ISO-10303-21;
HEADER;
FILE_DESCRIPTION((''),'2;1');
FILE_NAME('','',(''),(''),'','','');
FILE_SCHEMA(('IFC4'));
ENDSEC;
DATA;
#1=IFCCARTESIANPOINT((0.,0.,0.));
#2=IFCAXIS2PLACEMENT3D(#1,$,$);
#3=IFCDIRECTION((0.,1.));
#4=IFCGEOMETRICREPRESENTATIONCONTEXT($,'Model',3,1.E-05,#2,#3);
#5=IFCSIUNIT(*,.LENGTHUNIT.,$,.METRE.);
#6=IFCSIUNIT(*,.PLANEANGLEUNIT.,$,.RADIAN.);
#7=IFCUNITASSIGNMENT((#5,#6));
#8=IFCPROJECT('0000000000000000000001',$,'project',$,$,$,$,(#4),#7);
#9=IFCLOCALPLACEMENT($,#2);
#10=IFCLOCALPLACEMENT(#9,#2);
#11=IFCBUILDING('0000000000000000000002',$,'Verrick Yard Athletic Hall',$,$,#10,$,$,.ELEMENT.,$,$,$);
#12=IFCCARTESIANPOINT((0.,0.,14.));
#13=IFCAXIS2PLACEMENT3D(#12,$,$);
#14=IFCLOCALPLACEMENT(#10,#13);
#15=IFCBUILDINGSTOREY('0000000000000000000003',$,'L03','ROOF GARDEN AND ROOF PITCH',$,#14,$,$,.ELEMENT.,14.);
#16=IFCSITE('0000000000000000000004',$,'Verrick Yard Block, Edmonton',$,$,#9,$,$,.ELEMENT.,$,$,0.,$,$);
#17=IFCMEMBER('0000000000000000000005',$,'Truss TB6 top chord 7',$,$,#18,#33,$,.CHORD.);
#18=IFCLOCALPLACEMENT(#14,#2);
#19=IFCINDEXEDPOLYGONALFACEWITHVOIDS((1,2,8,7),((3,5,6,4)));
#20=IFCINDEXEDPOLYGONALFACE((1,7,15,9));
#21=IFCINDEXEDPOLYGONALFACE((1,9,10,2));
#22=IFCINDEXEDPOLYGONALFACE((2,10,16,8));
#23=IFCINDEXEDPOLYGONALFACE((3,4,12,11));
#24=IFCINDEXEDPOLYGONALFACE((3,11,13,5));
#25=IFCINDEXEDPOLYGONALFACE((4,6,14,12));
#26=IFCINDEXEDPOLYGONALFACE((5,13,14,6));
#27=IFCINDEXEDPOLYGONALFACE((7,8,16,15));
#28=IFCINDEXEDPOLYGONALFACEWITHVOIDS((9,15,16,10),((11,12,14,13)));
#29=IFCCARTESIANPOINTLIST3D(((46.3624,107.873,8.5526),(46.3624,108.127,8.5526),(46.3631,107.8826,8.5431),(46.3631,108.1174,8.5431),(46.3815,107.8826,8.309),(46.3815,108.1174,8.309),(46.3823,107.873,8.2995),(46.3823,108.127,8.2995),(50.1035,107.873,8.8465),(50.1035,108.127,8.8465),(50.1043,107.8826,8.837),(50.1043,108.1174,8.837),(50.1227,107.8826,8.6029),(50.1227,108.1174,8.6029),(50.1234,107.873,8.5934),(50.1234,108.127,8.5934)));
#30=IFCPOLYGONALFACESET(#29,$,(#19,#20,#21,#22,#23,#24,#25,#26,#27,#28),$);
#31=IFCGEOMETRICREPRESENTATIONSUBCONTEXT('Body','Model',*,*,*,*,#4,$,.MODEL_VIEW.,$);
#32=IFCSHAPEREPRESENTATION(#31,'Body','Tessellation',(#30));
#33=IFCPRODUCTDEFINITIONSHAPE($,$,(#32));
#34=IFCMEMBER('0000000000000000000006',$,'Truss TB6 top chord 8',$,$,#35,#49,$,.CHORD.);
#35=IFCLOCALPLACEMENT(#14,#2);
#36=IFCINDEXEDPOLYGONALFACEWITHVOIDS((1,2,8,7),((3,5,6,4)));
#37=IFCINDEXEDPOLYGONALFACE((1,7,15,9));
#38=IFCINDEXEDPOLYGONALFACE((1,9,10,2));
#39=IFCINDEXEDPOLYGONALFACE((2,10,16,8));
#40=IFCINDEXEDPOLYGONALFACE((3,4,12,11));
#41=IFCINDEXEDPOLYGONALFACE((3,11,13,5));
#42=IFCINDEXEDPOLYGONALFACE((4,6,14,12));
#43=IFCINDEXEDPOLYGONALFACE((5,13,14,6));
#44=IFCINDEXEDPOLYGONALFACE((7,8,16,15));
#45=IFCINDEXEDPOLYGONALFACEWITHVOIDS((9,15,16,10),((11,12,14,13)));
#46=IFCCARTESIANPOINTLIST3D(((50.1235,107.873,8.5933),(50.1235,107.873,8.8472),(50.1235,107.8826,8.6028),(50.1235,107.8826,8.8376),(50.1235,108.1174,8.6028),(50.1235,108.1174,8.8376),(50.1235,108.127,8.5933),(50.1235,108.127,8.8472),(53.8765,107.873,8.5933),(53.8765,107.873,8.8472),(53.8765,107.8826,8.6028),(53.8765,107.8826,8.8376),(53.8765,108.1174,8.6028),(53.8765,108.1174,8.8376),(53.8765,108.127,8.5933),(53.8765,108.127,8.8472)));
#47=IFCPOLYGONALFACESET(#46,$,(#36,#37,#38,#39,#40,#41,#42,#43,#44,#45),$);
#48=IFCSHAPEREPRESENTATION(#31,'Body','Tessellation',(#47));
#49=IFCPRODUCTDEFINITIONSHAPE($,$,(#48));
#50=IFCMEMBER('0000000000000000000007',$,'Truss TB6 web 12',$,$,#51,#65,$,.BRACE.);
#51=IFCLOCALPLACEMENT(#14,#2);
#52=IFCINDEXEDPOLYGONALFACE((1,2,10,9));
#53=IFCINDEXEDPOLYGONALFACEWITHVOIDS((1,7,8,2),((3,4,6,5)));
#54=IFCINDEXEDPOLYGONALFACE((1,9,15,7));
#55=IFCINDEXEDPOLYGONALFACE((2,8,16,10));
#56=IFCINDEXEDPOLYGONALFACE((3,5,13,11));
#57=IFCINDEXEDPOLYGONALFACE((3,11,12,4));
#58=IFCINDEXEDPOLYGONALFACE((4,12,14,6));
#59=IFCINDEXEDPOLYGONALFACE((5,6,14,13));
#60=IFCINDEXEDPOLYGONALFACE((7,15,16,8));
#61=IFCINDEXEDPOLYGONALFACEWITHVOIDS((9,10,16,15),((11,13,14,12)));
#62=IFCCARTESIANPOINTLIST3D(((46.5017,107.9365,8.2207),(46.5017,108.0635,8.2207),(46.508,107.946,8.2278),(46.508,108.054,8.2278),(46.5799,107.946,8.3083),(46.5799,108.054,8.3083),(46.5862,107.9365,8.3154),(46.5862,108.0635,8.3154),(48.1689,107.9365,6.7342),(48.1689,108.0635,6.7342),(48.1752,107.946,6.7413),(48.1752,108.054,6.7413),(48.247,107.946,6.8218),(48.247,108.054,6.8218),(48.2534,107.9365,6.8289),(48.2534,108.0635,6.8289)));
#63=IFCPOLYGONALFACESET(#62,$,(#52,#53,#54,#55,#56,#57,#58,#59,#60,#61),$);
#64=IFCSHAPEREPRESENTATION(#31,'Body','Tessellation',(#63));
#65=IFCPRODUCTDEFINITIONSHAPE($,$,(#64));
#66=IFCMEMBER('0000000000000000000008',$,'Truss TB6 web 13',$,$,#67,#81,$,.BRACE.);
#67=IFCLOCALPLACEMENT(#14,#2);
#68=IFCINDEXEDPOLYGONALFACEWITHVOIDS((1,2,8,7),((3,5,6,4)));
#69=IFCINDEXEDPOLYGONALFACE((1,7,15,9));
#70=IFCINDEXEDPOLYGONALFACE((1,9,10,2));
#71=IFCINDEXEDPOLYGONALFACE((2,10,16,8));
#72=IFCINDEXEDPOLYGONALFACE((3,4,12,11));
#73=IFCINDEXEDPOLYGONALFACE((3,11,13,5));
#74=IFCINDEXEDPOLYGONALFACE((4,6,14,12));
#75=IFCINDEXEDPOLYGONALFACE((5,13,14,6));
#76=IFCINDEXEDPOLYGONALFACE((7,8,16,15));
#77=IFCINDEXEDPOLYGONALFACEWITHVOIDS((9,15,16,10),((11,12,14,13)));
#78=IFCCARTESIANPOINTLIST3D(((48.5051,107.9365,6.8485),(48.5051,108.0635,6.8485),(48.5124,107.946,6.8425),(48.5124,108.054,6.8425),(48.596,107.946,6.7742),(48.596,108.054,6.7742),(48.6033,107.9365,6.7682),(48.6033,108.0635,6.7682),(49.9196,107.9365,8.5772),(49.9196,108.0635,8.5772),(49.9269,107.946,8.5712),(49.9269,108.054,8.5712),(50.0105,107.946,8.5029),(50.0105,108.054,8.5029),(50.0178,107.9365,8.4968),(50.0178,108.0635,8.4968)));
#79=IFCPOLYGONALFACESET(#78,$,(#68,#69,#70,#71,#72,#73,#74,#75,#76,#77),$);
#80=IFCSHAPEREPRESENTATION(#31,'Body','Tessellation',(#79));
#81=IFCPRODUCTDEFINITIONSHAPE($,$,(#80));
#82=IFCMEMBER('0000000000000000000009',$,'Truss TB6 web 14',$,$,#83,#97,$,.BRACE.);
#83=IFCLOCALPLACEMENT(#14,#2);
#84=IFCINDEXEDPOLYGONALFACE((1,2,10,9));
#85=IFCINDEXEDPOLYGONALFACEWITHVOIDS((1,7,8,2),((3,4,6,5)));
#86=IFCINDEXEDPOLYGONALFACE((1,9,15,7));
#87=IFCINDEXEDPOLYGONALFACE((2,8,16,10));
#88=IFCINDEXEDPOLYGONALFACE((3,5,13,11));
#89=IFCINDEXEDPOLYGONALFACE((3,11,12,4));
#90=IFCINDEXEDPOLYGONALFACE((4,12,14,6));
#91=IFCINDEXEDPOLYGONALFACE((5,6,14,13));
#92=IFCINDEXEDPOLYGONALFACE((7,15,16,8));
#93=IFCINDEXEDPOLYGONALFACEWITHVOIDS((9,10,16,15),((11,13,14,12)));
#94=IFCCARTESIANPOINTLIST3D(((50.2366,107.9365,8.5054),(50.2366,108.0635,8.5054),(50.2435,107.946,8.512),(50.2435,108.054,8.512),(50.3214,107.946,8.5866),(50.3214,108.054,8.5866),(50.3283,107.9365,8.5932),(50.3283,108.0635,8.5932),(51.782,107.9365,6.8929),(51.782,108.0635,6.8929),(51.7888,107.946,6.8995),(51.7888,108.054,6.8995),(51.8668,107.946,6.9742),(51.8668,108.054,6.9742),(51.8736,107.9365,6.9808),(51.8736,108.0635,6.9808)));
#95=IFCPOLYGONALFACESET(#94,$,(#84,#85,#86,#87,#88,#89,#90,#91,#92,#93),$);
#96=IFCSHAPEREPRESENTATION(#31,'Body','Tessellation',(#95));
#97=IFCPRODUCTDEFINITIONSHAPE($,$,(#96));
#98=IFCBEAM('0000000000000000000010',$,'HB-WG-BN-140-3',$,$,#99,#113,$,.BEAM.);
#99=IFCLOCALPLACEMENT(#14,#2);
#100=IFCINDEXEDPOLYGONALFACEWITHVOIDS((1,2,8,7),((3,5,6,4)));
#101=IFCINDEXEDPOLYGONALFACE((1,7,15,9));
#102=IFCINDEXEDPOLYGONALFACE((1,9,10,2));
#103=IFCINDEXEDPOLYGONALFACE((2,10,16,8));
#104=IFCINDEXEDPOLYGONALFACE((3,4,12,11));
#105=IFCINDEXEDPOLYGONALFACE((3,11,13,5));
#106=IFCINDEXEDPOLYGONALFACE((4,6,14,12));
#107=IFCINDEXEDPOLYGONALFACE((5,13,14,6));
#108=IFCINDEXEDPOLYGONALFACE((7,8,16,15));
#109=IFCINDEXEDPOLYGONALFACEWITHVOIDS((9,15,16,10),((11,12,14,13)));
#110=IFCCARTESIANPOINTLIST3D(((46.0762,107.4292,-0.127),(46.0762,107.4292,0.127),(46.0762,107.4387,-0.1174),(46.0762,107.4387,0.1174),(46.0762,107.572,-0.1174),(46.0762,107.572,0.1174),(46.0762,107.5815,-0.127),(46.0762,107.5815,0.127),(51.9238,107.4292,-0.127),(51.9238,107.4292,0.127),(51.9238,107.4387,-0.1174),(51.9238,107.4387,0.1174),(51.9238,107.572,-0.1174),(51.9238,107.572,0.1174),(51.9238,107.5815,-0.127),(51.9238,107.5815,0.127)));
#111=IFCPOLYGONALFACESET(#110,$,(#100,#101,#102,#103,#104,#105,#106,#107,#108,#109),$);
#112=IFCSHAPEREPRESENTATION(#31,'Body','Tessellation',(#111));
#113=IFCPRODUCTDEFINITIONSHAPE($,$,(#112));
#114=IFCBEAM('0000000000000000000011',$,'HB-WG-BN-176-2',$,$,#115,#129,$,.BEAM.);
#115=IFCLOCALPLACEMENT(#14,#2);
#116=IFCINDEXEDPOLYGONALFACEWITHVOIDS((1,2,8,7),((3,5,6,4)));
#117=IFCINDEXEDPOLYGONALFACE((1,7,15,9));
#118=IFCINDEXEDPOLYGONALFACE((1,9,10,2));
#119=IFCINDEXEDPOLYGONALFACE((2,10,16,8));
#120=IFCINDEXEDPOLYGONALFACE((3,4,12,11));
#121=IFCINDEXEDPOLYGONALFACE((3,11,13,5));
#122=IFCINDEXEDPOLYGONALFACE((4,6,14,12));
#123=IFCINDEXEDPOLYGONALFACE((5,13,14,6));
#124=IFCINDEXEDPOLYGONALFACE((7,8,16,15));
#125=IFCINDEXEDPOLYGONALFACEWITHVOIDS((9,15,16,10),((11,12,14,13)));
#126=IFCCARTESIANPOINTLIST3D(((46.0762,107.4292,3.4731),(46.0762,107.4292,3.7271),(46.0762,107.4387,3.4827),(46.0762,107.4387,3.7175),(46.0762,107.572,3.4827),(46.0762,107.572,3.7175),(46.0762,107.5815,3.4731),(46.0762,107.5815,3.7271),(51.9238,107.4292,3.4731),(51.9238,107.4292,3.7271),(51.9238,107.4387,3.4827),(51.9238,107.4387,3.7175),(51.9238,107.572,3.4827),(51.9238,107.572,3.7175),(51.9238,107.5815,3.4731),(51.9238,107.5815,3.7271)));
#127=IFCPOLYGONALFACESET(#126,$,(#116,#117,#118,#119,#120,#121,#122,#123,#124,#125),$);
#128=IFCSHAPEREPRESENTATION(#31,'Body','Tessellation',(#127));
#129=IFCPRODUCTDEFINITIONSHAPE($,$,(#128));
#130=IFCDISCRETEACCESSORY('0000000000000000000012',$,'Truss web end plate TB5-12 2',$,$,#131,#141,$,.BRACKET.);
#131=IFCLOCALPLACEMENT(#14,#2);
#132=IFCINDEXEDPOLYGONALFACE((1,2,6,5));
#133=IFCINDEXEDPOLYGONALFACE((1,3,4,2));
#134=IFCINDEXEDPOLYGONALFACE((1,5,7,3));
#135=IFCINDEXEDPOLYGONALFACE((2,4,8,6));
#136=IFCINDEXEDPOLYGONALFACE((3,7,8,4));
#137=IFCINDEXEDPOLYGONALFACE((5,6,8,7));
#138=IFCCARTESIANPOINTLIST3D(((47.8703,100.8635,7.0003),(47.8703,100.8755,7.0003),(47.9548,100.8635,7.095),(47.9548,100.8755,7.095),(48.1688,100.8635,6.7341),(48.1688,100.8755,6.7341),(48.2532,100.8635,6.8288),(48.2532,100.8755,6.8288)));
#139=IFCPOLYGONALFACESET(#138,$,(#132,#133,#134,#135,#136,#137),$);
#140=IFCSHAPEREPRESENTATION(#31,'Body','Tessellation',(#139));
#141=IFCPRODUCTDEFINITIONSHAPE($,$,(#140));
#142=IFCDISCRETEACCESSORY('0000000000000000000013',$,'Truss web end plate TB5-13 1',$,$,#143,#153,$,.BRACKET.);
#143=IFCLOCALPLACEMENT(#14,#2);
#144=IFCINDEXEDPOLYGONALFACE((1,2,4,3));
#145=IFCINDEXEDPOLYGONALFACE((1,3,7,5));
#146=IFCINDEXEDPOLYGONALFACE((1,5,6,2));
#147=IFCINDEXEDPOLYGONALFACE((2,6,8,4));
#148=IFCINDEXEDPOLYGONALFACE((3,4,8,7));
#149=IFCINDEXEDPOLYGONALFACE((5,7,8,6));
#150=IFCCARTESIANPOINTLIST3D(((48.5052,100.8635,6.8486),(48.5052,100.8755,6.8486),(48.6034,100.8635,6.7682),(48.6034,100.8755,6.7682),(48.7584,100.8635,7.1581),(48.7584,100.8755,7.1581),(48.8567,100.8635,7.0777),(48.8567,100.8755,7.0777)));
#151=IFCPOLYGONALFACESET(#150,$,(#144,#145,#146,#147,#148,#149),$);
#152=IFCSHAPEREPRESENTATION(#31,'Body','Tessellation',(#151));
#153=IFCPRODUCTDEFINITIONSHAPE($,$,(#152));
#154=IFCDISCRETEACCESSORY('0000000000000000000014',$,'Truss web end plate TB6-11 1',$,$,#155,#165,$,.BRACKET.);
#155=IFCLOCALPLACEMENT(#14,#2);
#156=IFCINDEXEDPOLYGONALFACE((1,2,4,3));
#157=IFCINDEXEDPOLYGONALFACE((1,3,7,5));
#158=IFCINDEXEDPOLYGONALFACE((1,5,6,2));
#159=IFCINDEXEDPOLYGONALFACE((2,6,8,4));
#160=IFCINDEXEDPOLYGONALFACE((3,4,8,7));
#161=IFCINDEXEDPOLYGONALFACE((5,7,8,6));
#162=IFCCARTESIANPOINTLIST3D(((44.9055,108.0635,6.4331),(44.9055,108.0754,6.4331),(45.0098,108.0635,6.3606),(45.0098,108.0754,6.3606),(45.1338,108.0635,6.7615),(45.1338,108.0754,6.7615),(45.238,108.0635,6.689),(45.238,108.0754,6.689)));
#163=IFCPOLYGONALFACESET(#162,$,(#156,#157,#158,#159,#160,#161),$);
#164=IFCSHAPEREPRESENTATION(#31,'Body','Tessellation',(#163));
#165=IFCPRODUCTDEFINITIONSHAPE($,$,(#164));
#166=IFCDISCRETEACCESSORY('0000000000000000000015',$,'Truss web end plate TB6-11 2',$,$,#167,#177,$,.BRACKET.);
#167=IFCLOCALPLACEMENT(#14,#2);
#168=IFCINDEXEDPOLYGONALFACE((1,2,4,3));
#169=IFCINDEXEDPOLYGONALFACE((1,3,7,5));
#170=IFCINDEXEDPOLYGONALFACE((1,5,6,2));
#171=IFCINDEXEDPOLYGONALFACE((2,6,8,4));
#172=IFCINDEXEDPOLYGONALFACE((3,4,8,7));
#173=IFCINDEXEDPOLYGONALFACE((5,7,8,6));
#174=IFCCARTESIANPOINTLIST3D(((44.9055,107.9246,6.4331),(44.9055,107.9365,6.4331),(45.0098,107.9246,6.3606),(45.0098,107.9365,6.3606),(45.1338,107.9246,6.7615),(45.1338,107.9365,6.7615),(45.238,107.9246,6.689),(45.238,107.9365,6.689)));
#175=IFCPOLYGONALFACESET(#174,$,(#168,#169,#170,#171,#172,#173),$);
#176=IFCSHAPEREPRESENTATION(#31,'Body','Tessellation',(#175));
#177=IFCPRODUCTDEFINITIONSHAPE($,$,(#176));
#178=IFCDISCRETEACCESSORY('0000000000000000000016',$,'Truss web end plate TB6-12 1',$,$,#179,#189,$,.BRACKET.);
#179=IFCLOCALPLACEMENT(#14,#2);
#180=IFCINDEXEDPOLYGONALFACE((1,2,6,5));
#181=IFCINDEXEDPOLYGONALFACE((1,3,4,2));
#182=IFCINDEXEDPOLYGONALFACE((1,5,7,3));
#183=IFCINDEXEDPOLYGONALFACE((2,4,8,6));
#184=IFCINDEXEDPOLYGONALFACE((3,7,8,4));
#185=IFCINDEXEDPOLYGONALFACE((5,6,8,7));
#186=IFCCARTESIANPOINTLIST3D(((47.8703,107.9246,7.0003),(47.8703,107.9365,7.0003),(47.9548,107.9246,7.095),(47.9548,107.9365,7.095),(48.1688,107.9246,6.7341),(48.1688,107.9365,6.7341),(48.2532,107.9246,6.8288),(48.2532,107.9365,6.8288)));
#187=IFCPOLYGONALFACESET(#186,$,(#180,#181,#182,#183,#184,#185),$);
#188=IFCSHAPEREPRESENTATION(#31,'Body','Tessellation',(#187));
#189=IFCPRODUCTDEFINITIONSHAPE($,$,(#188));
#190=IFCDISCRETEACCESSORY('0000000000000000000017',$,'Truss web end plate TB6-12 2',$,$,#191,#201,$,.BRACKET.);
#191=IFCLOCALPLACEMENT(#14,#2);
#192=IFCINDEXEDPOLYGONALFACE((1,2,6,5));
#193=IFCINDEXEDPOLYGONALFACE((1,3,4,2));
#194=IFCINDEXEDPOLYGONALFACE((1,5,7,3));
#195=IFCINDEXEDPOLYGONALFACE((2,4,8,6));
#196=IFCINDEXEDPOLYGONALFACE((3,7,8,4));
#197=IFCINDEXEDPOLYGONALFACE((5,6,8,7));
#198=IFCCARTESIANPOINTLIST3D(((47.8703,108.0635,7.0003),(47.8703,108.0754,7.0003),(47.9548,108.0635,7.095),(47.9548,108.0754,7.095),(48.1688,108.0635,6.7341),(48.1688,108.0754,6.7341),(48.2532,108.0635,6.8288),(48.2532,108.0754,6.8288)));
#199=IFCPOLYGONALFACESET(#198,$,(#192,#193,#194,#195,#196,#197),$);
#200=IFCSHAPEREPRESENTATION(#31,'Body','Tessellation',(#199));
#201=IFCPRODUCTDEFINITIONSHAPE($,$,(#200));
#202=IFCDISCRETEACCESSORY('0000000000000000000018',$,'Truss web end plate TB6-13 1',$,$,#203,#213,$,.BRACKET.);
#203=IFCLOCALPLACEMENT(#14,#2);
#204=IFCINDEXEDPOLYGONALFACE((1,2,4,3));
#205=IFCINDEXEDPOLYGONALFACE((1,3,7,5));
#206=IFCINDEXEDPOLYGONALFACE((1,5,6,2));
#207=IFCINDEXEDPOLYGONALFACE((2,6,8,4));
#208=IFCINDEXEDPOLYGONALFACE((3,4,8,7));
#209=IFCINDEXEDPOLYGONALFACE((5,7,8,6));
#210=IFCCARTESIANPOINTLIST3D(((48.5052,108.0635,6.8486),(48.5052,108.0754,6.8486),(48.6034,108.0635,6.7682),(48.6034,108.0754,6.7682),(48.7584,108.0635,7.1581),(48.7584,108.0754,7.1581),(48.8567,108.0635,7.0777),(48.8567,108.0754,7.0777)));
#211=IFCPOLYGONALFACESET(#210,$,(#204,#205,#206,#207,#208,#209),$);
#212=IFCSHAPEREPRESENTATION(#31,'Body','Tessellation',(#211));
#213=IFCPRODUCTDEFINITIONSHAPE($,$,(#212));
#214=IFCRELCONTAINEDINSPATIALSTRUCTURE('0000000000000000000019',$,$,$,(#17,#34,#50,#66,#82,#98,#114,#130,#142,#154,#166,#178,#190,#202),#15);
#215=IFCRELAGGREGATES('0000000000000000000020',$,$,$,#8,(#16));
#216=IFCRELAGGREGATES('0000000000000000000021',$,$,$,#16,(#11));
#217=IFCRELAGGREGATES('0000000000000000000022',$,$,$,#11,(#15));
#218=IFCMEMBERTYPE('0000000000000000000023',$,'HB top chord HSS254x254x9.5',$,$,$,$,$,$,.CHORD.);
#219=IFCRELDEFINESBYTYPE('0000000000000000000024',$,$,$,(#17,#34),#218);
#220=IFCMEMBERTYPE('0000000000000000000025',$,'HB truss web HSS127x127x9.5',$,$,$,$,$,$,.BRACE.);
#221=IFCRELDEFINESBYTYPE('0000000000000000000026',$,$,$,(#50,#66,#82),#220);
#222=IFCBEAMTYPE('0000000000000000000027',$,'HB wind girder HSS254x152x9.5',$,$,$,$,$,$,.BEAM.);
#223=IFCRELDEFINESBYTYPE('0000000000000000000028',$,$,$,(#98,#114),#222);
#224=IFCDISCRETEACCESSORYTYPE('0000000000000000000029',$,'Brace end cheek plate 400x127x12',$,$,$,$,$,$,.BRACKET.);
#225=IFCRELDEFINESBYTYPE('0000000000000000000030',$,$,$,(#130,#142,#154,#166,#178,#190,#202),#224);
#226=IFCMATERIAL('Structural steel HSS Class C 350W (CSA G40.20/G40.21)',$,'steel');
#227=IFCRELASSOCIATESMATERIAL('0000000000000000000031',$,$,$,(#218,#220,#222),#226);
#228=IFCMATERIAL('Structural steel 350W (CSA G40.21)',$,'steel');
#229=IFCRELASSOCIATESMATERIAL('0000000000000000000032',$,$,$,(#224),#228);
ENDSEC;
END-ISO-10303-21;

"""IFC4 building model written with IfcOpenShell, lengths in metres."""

from ifc_helpers import new_model, si_unit, direction, frame, origin, origin_2d, place, context, subcontext, project, spatial, rectangle, hollow_rectangle, extrude, material, material_profile, profile_set, type_object, element, save


model = new_model("IFC4")

# Units and contexts
model_context = context("Model", 3, precision=1e-05, world=origin(), true_north=direction((0.0, 1.0)))
body_context = subcontext(model_context, "Body", "Model", "MODEL_VIEW")
ifc_project = project(units=[si_unit("LENGTHUNIT", "METRE"), si_unit("PLANEANGLEUNIT", "RADIAN")], contexts=[model_context])

# Site, building, storey
site_placement = place(None, origin())
site = spatial("IfcSite", under=ifc_project, at=site_placement, Name="Verrick Yard Block, Edmonton", CompositionType="ELEMENT", RefElevation=0.0)
building_placement = place(site_placement, origin())
building = spatial("IfcBuilding", under=site, at=building_placement, Name="Verrick Yard Athletic Hall", CompositionType="ELEMENT")
storey_placement = place(building_placement, frame((0.0, 0.0, 14.0)))
storey = spatial("IfcBuildingStorey", under=building, at=storey_placement, Name="L03", Description="ROOF GARDEN AND ROOF PITCH", CompositionType="ELEMENT", Elevation=14.0)

# Members
ifc_material_1 = material(Name="Structural steel HSS Class C 350W (CSA G40.20/G40.21)", Category="steel")
ifc_material_profile_1 = material_profile(ifc_material_1, hollow_rectangle(XDim=0.2539, YDim=0.2539, WallThickness=0.0095, at=origin_2d()), Name="HSS254x254x9.5")
ifc_profile_set_1 = profile_set([ifc_material_profile_1], Name="Structural steel HSS Class C 350W (CSA G40.20/G40.21)")
member_type_1 = type_object("IfcMemberType", Name="HB top chord HSS254x254x9.5", PredefinedType="CHORD", material=ifc_profile_set_1)
member_1_placement = place(storey_placement, frame((46.3723, 108.0, 8.426), z_axis=(0.996928, 0.0, 0.078328), x_axis=(0.0, 1.0, 0.0)))
element("IfcMember", 1, at=member_1_placement, inside=storey, type_object=member_type_1, Name="Truss TB6 top chord 7", PredefinedType="CHORD", context=body_context, shape_type="SweptSolid", body=[
    extrude(hollow_rectangle(XDim=0.2539, YDim=0.2539, WallThickness=0.0095, at=origin_2d()), origin(), (0.0, 0.0, 1.0), 3.7527),
])
member_2_placement = place(storey_placement, frame((50.1235, 108.0, 8.7202), z_axis=(1.0, 0.0, 0.0), x_axis=(0.0, 1.0, 0.0)))
element("IfcMember", 2, at=member_2_placement, inside=storey, type_object=member_type_1, Name="Truss TB6 top chord 8", PredefinedType="CHORD", context=body_context, shape_type="SweptSolid", body=[
    extrude(hollow_rectangle(XDim=0.2539, YDim=0.2539, WallThickness=0.0095, at=origin_2d()), origin(), (0.0, 0.0, 1.0), 3.7529),
])
ifc_material_profile_2 = material_profile(ifc_material_1, hollow_rectangle(XDim=0.127, YDim=0.127, WallThickness=0.0095, at=origin_2d()), Name="HSS127x127x9.5")
ifc_profile_set_2 = profile_set([ifc_material_profile_2], Name="Structural steel HSS Class C 350W (CSA G40.20/G40.21)")
member_type_2 = type_object("IfcMemberType", Name="HB truss web HSS127x127x9.5", PredefinedType="BRACE", material=ifc_profile_set_2)
for number, where, z_axis, x_axis, name in (
    (3, (46.5439, 108.0, 8.2681), (0.746389, 0.0, -0.66551), (0.0, 1.0, 0.0), "Truss TB6 web 12"),
    (4, (48.5542, 108.0, 6.8083), (0.633268, 0.0, 0.773933), (0.0, 1.0, 0.0), "Truss TB6 web 13"),
):
    element("IfcMember", number, at=place(storey_placement, frame(where, z_axis=z_axis, x_axis=x_axis)), inside=storey, type_object=member_type_2, Name=name, PredefinedType="BRACE", context=body_context, shape_type="SweptSolid", body=[
        extrude(hollow_rectangle(XDim=0.127, YDim=0.127, WallThickness=0.0095, at=origin_2d()), origin(), (0.0, 0.0, 1.0), 2.2336),
    ])
member_3_placement = place(storey_placement, frame((50.2825, 108.0, 8.5493), z_axis=(0.691917, 0.0, -0.721977), x_axis=(0.0, 1.0, 0.0)))
element("IfcMember", 5, at=member_3_placement, inside=storey, type_object=member_type_2, Name="Truss TB6 web 14", PredefinedType="BRACE", context=body_context, shape_type="SweptSolid", body=[
    extrude(hollow_rectangle(XDim=0.127, YDim=0.127, WallThickness=0.0095, at=origin_2d()), origin(), (0.0, 0.0, 1.0), 2.2334),
])

# Beams
ifc_material_profile_3 = material_profile(ifc_material_1, hollow_rectangle(XDim=0.1523, YDim=0.2539, WallThickness=0.0095, at=origin_2d()), Name="HSS254x152x9.5")
ifc_profile_set_3 = profile_set([ifc_material_profile_3], Name="Structural steel HSS Class C 350W (CSA G40.20/G40.21)")
beam_type = type_object("IfcBeamType", Name="HB wind girder HSS254x152x9.5", PredefinedType="BEAM", material=ifc_profile_set_3)
for number, where, z_axis, x_axis, name in (
    (6, (46.0762, 107.5054, 0.0), (1.0, 0.0, 0.0), (0.0, 1.0, 0.0), "HB-WG-BN-140-3"),
    (7, (46.0762, 107.5054, 3.6001), (1.0, 0.0, 0.0), (0.0, 1.0, 0.0), "HB-WG-BN-176-2"),
):
    element("IfcBeam", number, at=place(storey_placement, frame(where, z_axis=z_axis, x_axis=x_axis)), inside=storey, type_object=beam_type, Name=name, PredefinedType="BEAM", context=body_context, shape_type="SweptSolid", body=[
        extrude(hollow_rectangle(XDim=0.1523, YDim=0.2539, WallThickness=0.0095, at=origin_2d()), origin(), (0.0, 0.0, 1.0), 5.8477),
    ])

# Discrete accessories
ifc_material_2 = material(Name="Structural steel 350W (CSA G40.21)", Category="steel")
ifc_material_profile_4 = material_profile(ifc_material_2, rectangle(XDim=0.3999, YDim=0.127, at=origin_2d()), Name="Brace end cheek plate")
ifc_profile_set_4 = profile_set([ifc_material_profile_4], Name="Structural steel 350W (CSA G40.21)")
discrete_accessory_type_1 = type_object("IfcDiscreteAccessoryType", Name="Brace end cheek plate 400x127x12", PredefinedType="BRACKET", material=ifc_profile_set_4)
for number, where, z_axis, x_axis, name in (
    (8, (48.0618, 100.8635, 6.9146), (0.0, 1.0, 0.0), (-0.746352, 0.0, 0.665551), "Truss web end plate TB5-12 2"),
    (9, (48.6809, 100.8635, 6.9631), (0.0, 1.0, 0.0), (0.633246, 0.0, 0.773951), "Truss web end plate TB5-13 1"),
    (10, (45.0718, 108.0635, 6.561), (0.0, 1.0, 0.0), (0.570674, 0.0, 0.821176), "Truss web end plate TB6-11 1"),
    (11, (45.0718, 107.9365, 6.561), (0.0, -1.0, 0.0), (0.570674, 0.0, 0.821176), "Truss web end plate TB6-11 2"),
    (12, (48.0618, 107.9365, 6.9146), (0.0, -1.0, 0.0), (-0.746352, 0.0, 0.665551), "Truss web end plate TB6-12 1"),
    (13, (48.0618, 108.0635, 6.9146), (0.0, 1.0, 0.0), (-0.746352, 0.0, 0.665551), "Truss web end plate TB6-12 2"),
    (14, (48.6809, 108.0635, 6.9631), (0.0, 1.0, 0.0), (0.633246, 0.0, 0.773951), "Truss web end plate TB6-13 1"),
):
    element("IfcDiscreteAccessory", number, at=place(storey_placement, frame(where, z_axis=z_axis, x_axis=x_axis)), inside=storey, type_object=discrete_accessory_type_1, Name=name, PredefinedType="BRACKET", context=body_context, shape_type="SweptSolid", body=[
        extrude(rectangle(XDim=0.3999, YDim=0.127, at=origin_2d()), origin(), (0.0, 0.0, 1.0), 0.012),
    ])

save(model, "model.ifc")
